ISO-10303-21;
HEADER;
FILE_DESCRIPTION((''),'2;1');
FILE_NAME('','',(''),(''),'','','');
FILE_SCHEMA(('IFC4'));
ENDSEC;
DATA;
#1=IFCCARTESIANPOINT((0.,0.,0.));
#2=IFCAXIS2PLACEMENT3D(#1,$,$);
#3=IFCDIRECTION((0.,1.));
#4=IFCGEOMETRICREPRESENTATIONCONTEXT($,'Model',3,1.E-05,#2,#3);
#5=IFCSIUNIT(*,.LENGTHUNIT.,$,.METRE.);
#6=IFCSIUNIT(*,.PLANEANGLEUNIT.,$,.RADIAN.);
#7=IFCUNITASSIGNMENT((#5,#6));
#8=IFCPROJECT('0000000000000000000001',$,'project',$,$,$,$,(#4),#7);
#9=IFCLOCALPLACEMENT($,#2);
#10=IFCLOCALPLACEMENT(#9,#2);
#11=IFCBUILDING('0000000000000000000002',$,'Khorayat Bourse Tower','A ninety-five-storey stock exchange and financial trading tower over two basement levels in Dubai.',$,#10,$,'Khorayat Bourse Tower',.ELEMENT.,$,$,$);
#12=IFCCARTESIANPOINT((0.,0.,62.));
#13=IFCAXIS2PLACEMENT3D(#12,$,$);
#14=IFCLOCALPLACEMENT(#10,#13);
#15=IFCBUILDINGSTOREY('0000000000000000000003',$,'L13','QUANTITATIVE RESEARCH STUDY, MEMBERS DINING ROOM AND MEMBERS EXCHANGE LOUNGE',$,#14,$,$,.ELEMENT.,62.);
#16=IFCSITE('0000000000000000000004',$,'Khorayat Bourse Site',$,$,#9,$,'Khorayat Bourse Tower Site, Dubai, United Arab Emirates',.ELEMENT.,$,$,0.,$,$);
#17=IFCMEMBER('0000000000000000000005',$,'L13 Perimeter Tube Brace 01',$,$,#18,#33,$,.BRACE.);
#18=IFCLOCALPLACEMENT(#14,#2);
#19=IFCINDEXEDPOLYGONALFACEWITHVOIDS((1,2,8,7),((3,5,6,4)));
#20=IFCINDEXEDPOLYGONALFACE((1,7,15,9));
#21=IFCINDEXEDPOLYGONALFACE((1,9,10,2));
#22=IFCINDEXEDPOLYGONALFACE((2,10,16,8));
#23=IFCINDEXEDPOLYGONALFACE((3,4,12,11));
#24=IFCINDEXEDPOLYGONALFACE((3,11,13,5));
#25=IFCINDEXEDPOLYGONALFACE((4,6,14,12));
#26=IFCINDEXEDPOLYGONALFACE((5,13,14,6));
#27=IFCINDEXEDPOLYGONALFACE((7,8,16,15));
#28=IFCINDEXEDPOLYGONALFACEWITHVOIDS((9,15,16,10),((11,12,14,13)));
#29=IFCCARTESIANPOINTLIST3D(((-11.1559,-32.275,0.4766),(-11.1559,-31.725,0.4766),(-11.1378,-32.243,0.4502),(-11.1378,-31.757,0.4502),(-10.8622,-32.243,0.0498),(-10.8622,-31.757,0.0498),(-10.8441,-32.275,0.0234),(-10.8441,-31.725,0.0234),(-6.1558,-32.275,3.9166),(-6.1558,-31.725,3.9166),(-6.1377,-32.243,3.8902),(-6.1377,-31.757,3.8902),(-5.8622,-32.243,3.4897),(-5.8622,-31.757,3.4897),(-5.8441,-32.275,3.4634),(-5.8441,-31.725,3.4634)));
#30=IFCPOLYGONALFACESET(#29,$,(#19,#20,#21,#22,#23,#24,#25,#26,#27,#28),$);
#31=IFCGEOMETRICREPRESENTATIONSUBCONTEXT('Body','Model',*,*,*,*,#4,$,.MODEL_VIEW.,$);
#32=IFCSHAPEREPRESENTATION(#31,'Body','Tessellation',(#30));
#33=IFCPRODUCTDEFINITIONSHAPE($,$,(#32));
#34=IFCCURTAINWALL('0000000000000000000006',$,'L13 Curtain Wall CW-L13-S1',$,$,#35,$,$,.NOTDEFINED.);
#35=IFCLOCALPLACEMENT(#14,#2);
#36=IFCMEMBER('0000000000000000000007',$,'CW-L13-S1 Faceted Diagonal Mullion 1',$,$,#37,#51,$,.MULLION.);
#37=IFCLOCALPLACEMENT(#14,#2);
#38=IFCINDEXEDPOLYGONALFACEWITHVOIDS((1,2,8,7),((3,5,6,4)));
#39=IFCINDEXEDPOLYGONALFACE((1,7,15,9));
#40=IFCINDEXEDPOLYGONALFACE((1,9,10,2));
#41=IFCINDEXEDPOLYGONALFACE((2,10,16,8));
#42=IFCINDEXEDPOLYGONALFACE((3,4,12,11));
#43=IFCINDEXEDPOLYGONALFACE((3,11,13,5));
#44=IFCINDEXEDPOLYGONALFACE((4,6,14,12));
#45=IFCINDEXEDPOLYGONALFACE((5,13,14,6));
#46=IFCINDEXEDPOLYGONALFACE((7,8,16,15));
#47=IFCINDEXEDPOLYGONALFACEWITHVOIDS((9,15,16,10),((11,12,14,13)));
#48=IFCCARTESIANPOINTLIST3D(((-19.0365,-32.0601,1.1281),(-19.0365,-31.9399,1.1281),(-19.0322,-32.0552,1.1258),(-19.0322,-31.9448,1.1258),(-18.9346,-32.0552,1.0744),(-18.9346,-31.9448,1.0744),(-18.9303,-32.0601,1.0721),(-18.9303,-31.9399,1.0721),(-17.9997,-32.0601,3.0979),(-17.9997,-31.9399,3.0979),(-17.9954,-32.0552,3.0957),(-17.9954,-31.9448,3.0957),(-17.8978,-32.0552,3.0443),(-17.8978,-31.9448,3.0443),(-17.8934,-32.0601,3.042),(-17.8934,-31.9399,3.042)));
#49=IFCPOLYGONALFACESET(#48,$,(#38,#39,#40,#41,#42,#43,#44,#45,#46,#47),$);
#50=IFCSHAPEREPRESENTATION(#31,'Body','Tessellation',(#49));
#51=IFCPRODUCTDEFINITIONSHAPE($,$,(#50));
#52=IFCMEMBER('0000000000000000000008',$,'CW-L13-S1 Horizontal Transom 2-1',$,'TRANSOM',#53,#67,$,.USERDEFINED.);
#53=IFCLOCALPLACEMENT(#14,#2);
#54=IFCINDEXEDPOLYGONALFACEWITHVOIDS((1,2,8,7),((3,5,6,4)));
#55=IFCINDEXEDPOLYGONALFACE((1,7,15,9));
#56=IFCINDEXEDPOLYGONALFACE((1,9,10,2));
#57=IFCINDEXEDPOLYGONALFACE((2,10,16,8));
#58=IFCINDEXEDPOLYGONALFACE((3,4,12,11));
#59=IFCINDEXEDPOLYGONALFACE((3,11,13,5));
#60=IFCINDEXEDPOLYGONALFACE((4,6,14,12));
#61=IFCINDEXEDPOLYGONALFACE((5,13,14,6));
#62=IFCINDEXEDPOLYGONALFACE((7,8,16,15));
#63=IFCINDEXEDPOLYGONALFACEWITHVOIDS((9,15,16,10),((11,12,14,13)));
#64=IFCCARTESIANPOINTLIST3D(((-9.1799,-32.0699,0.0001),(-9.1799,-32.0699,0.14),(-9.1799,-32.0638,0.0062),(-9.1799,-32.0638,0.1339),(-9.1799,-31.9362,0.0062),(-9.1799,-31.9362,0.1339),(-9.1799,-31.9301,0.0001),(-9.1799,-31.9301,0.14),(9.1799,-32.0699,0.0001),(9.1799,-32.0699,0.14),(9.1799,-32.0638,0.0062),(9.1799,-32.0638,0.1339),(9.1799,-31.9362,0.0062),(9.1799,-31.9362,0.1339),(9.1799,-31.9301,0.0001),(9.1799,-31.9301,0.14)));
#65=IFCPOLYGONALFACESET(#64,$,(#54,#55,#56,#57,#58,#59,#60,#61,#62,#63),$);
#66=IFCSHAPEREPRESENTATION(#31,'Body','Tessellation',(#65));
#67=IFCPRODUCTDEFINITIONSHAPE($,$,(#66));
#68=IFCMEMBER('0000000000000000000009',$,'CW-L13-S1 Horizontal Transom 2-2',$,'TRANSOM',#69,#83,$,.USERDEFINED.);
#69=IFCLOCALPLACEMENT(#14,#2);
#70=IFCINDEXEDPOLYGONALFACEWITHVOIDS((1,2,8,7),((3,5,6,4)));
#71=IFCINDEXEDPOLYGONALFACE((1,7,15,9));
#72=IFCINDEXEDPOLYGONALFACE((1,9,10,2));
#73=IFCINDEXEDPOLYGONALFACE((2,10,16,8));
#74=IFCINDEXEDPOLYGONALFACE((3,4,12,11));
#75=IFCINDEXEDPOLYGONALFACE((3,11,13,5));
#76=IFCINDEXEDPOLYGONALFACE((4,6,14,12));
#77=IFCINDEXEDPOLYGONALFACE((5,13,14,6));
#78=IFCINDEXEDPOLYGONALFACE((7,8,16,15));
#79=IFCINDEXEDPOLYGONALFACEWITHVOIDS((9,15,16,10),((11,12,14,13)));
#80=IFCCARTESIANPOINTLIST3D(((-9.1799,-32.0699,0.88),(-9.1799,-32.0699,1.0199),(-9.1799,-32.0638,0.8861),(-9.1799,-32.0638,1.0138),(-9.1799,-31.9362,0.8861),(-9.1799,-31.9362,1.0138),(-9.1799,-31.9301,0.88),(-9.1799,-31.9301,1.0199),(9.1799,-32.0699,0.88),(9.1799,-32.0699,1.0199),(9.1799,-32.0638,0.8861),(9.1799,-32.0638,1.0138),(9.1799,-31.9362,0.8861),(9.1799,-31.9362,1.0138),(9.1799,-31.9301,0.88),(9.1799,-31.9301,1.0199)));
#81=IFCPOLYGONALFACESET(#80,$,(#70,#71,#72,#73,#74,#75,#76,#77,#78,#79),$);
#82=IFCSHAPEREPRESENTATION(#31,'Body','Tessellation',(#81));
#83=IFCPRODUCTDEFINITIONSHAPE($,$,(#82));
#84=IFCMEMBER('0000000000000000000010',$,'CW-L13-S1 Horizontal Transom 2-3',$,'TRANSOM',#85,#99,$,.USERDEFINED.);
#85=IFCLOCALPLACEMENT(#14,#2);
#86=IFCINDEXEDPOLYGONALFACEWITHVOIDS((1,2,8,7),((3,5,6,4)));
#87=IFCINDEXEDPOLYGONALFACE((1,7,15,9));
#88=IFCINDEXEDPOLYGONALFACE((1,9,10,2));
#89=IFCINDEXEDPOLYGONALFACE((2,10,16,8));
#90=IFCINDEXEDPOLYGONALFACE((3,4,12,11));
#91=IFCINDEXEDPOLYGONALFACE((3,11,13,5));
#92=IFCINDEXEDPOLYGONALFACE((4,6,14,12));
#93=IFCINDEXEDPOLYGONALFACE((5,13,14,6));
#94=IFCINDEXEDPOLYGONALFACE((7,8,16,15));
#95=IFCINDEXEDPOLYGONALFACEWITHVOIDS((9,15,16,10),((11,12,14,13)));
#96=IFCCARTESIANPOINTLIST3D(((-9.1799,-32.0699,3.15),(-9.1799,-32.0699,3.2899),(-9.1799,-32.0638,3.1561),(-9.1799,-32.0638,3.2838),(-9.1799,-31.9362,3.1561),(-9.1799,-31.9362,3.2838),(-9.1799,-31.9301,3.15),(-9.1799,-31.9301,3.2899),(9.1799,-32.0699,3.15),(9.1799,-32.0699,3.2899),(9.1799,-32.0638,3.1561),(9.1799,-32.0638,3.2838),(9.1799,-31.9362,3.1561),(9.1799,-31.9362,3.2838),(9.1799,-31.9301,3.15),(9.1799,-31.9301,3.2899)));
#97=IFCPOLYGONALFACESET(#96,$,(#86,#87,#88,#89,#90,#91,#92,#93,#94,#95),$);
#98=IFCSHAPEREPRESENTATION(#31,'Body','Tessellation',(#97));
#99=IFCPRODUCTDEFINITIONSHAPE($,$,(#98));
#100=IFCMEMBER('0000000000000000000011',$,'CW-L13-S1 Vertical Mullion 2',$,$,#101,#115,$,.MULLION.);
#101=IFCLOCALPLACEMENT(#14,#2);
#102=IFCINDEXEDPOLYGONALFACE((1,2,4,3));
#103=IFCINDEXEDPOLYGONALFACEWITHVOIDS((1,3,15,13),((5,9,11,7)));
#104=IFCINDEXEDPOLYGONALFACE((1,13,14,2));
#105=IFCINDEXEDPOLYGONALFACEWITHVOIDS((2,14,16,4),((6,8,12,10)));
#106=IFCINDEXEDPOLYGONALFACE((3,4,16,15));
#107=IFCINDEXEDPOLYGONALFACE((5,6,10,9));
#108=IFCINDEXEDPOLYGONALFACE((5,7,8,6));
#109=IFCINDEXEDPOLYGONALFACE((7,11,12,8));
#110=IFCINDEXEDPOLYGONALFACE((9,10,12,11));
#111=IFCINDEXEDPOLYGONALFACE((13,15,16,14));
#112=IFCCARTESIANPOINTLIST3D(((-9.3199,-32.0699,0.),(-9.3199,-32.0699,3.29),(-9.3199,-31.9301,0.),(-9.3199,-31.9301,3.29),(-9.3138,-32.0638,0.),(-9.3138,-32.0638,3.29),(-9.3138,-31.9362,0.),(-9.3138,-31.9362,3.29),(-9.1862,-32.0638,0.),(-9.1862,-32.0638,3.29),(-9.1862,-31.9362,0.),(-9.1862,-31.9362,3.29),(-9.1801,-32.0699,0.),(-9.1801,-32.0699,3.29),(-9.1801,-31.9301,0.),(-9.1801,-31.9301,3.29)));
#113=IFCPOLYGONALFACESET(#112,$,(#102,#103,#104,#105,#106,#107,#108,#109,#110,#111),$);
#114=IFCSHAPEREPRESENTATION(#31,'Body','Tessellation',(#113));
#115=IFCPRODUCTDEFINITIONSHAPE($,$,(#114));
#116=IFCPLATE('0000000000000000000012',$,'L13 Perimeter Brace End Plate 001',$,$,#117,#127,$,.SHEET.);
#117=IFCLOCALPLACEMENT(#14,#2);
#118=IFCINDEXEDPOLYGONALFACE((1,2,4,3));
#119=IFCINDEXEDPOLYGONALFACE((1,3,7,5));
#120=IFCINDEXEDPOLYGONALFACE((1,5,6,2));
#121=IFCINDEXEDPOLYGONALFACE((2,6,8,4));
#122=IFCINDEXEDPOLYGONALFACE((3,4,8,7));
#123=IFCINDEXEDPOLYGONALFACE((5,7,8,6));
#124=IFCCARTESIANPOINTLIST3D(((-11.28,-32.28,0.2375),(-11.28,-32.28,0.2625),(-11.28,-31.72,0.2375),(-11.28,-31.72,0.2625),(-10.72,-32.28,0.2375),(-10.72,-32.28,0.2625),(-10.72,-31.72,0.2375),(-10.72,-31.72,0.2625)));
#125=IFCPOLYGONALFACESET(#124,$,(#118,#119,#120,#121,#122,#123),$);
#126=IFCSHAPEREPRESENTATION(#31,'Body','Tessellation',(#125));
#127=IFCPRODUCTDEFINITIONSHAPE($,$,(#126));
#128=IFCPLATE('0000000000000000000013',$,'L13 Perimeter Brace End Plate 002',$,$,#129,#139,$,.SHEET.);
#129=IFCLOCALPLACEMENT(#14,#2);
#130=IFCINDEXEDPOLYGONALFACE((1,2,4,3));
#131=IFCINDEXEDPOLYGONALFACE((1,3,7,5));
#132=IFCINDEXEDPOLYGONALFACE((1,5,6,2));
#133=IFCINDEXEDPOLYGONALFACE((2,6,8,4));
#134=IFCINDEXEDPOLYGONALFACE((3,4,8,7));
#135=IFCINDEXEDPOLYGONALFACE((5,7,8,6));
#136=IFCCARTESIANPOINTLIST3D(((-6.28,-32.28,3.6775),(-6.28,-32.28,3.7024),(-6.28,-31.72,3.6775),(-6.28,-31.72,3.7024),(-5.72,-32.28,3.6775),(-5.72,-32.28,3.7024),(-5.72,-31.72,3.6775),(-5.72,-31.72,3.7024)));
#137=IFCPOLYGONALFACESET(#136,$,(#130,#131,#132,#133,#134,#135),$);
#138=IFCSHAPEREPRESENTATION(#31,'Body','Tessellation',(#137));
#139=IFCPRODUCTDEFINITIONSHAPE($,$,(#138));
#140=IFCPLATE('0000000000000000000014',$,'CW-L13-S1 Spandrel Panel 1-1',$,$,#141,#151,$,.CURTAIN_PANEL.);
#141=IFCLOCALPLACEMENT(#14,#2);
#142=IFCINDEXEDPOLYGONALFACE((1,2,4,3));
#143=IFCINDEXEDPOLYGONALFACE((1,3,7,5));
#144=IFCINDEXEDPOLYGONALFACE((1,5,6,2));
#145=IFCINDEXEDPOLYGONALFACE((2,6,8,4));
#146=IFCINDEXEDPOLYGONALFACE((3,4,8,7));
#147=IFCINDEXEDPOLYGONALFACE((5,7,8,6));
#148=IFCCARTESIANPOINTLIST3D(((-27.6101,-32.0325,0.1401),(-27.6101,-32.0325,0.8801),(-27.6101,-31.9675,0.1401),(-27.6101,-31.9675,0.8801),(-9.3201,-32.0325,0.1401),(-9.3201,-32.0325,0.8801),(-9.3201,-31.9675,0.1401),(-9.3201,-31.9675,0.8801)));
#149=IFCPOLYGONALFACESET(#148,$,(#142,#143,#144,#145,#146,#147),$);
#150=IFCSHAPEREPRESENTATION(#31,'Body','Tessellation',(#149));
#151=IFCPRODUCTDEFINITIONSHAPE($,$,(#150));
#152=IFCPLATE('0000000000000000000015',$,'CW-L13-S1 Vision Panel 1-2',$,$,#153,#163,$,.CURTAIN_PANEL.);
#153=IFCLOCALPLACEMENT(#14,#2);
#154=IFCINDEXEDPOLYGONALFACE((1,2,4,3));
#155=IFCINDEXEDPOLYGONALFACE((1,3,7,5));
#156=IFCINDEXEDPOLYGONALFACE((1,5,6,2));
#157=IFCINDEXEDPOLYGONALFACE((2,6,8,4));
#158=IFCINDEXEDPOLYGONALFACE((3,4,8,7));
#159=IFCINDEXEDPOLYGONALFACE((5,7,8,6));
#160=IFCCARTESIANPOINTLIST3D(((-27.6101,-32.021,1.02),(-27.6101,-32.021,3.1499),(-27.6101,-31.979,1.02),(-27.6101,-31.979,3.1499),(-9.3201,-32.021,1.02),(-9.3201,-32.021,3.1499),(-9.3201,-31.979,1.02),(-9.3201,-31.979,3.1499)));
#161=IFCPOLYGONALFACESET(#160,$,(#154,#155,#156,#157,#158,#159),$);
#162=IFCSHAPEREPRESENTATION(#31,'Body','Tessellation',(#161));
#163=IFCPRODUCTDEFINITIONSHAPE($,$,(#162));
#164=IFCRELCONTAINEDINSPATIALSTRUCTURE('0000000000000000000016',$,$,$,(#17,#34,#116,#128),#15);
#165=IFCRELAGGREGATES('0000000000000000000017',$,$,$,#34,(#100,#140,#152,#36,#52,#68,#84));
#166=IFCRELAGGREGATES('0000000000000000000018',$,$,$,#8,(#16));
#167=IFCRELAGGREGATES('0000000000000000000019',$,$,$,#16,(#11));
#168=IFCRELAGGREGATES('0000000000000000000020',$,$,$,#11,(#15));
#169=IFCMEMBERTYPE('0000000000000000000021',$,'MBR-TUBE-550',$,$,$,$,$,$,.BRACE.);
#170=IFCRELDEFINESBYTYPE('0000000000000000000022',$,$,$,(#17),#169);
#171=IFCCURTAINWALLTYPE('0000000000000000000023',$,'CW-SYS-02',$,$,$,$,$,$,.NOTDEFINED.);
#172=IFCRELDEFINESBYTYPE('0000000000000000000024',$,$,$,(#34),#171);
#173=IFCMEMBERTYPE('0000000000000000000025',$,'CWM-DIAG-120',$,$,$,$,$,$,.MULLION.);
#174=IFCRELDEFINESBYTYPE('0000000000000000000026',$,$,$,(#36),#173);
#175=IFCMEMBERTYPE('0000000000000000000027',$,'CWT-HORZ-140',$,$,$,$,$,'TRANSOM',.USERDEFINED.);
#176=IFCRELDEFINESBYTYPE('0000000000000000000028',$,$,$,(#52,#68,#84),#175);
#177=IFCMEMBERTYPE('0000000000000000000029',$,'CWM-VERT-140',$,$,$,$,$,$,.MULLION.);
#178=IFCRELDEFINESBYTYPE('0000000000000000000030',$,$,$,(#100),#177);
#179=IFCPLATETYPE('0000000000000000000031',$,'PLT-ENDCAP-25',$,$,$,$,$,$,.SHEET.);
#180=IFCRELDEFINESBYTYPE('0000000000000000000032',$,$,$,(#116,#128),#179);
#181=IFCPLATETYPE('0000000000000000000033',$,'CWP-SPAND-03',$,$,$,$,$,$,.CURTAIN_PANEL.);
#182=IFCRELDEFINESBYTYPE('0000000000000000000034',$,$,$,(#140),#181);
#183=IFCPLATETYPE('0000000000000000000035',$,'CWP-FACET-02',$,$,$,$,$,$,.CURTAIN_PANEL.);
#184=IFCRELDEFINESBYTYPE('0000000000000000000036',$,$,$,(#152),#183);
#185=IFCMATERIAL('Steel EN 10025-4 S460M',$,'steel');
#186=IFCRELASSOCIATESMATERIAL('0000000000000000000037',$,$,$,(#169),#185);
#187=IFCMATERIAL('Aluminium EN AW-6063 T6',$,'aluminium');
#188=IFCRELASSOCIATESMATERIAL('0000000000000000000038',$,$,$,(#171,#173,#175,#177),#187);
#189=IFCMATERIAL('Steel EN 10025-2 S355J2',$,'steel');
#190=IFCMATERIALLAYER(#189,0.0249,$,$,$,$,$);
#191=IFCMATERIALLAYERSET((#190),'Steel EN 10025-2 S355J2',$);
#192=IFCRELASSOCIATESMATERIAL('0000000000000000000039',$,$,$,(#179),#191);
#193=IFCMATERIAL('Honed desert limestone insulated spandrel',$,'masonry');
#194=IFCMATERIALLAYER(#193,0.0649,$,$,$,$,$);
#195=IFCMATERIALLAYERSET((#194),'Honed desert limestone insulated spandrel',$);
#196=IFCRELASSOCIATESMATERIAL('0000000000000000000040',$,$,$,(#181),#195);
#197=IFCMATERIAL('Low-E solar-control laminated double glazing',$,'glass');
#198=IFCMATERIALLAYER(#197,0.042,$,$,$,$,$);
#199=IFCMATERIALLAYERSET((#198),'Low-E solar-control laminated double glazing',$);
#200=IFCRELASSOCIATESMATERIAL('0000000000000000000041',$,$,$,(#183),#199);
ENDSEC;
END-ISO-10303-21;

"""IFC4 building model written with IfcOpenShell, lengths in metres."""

from ifc_helpers import new_model, si_unit, direction, frame, origin, origin_2d, place, context, subcontext, project, spatial, rectangle, hollow_rectangle, extrude, source, transform, mapped, material, layer, layer_set, material_profile, profile_set, type_object, element, aggregate, save


model = new_model("IFC4")

# Units and contexts
model_context = context("Model", 3, precision=1e-05, world=origin(), true_north=direction((0.0, 1.0)))
body_context = subcontext(model_context, "Body", "Model", "MODEL_VIEW")
ifc_project = project(units=[si_unit("LENGTHUNIT", "METRE"), si_unit("PLANEANGLEUNIT", "RADIAN")], contexts=[model_context])

# Site, building, storey
site_placement = place(None, origin())
site = spatial("IfcSite", under=ifc_project, at=site_placement, Name="Khorayat Bourse Site", LongName="Khorayat Bourse Tower Site, Dubai, United Arab Emirates", CompositionType="ELEMENT", RefElevation=0.0)
building_placement = place(site_placement, origin())
building = spatial("IfcBuilding", under=site, at=building_placement, Name="Khorayat Bourse Tower", Description="A ninety-five-storey stock exchange and financial trading tower over two basement levels in Dubai.", LongName="Khorayat Bourse Tower", CompositionType="ELEMENT")
storey_placement = place(building_placement, frame((0.0, 0.0, 62.0)))
storey = spatial("IfcBuildingStorey", under=building, at=storey_placement, Name="L13", Description="QUANTITATIVE RESEARCH STUDY, MEMBERS DINING ROOM AND MEMBERS EXCHANGE LOUNGE", CompositionType="ELEMENT", Elevation=62.0)

# Shared definitions
ifc_material_1 = material(Name="Steel EN 10025-4 S460M", Category="steel")

# Member
ifc_material_profile_1 = material_profile(ifc_material_1, hollow_rectangle(XDim=0.55, YDim=0.55, WallThickness=0.032, at=origin_2d()), Name="HSS 550x550x32")
ifc_profile_set_1 = profile_set([ifc_material_profile_1], Name="Steel EN 10025-4 S460M")
member_type_1 = type_object("IfcMemberType", Name="MBR-TUBE-550", PredefinedType="BRACE", material=ifc_profile_set_1)
shared_shape_1 = source(origin(), body_context, "Body", "SweptSolid", [
    extrude(hollow_rectangle(XDim=0.55, YDim=0.55, WallThickness=0.032, at=origin_2d()), origin(), (0.0, 0.0, 1.0), 6.0691),
])
member_1_placement = place(storey_placement, frame((-11.0, -32.0, 0.25), z_axis=(0.823854, 0.0, 0.566802), x_axis=(0.0, 1.0, 0.0)))
element("IfcMember", 1, at=member_1_placement, inside=storey, type_object=member_type_1, Name="L13 Perimeter Tube Brace 01", PredefinedType="BRACE", context=body_context, shape_type="MappedRepresentation", body=[
    mapped(shared_shape_1, transform((0.0, 0.0, 0.0), scale=1.0)),
])

# Curtain wall, members
ifc_material_2 = material(Name="Aluminium EN AW-6063 T6", Category="aluminium")
curtain_wall_type = type_object("IfcCurtainWallType", Name="CW-SYS-02", PredefinedType="NOTDEFINED", material=ifc_material_2)
curtain_wall_placement = place(storey_placement, origin())
curtain_wall = element("IfcCurtainWall", 2, at=curtain_wall_placement, inside=storey, type_object=curtain_wall_type, Name="L13 Curtain Wall CW-L13-S1", PredefinedType="NOTDEFINED")
ifc_material_profile_2 = material_profile(ifc_material_2, hollow_rectangle(XDim=0.1201, YDim=0.1201, WallThickness=0.0049, at=origin_2d()), Name="ALU 120x120x5")
ifc_profile_set_2 = profile_set([ifc_material_profile_2], Name="Aluminium EN AW-6063 T6")
member_type_2 = type_object("IfcMemberType", Name="CWM-DIAG-120", PredefinedType="MULLION", material=ifc_profile_set_2)
shared_shape_2 = source(origin(), body_context, "Body", "SweptSolid", [
    extrude(hollow_rectangle(XDim=0.1201, YDim=0.1201, WallThickness=0.0049, at=origin_2d()), origin(), (0.0, 0.0, 1.0), 2.2261),
])
member_2_placement = place(storey_placement, frame((-18.9834, -32.0, 1.1001), z_axis=(0.46576, 0.0, 0.884911), x_axis=(0.0, 1.0, 0.0)))
member_2 = element("IfcMember", 3, at=member_2_placement, type_object=member_type_2, Name="CW-L13-S1 Faceted Diagonal Mullion 1", PredefinedType="MULLION", context=body_context, shape_type="MappedRepresentation", body=[
    mapped(shared_shape_2, transform((0.0, 0.0, 0.0), scale=1.0)),
])
ifc_material_profile_3 = material_profile(ifc_material_2, hollow_rectangle(XDim=0.1399, YDim=0.1399, WallThickness=0.0061, at=origin_2d()), Name="ALU 140x140x6")
ifc_profile_set_3 = profile_set([ifc_material_profile_3], Name="Aluminium EN AW-6063 T6")
member_type_3 = type_object("IfcMemberType", Name="CWT-HORZ-140", ElementType="TRANSOM", PredefinedType="USERDEFINED", material=ifc_profile_set_3)
shared_shape_3 = source(origin(), body_context, "Body", "SweptSolid", [
    extrude(hollow_rectangle(XDim=0.1399, YDim=0.1399, WallThickness=0.0061, at=origin_2d()), origin(), (0.0, 0.0, 1.0), 18.3599),
])
member_3_placement = place(storey_placement, frame((-9.1799, -32.0, 0.0701), z_axis=(1.0, 0.0, 0.0), x_axis=(0.0, 1.0, 0.0)))
member_3 = element("IfcMember", 4, at=member_3_placement, type_object=member_type_3, Name="CW-L13-S1 Horizontal Transom 2-1", ObjectType="TRANSOM", PredefinedType="USERDEFINED", context=body_context, shape_type="MappedRepresentation", body=[
    mapped(shared_shape_3, transform((0.0, 0.0, 0.0), scale=1.0)),
])
member_4_placement = place(storey_placement, frame((-9.1799, -32.0, 0.95), z_axis=(1.0, 0.0, 0.0), x_axis=(0.0, 1.0, 0.0)))
member_4 = element("IfcMember", 5, at=member_4_placement, type_object=member_type_3, Name="CW-L13-S1 Horizontal Transom 2-2", ObjectType="TRANSOM", PredefinedType="USERDEFINED", context=body_context, shape_type="MappedRepresentation", body=[
    mapped(shared_shape_3, transform((0.0, 0.0, 0.0), scale=1.0)),
])
member_5_placement = place(storey_placement, frame((-9.1799, -32.0, 3.22), z_axis=(1.0, 0.0, 0.0), x_axis=(0.0, 1.0, 0.0)))
member_5 = element("IfcMember", 6, at=member_5_placement, type_object=member_type_3, Name="CW-L13-S1 Horizontal Transom 2-3", ObjectType="TRANSOM", PredefinedType="USERDEFINED", context=body_context, shape_type="MappedRepresentation", body=[
    mapped(shared_shape_3, transform((0.0, 0.0, 0.0), scale=1.0)),
])
ifc_material_profile_4 = material_profile(ifc_material_2, hollow_rectangle(XDim=0.1399, YDim=0.1399, WallThickness=0.0061, at=origin_2d()), Name="ALU 140x140x6")
ifc_profile_set_4 = profile_set([ifc_material_profile_4], Name="Aluminium EN AW-6063 T6")
member_type_4 = type_object("IfcMemberType", Name="CWM-VERT-140", PredefinedType="MULLION", material=ifc_profile_set_4)
shared_shape_4 = source(origin(), body_context, "Body", "SweptSolid", [
    extrude(hollow_rectangle(XDim=0.1399, YDim=0.1399, WallThickness=0.0061, at=origin_2d()), origin(), (0.0, 0.0, 1.0), 3.29),
])
member_6_placement = place(storey_placement, frame((-9.25, -32.0, 0.0), z_axis=(0.0, 0.0, 1.0), x_axis=(0.0, 1.0, 0.0)))
member_6 = element("IfcMember", 7, at=member_6_placement, type_object=member_type_4, Name="CW-L13-S1 Vertical Mullion 2", PredefinedType="MULLION", context=body_context, shape_type="MappedRepresentation", body=[
    mapped(shared_shape_4, transform((0.0, 0.0, 0.0), scale=1.0)),
])

# Plates
ifc_material_3 = material(Name="Steel EN 10025-2 S355J2", Category="steel")
ifc_layer_1 = layer(ifc_material_3, 0.0249)
ifc_layer_set_1 = layer_set([ifc_layer_1], Name="Steel EN 10025-2 S355J2")
plate_type_1 = type_object("IfcPlateType", Name="PLT-ENDCAP-25", PredefinedType="SHEET", material=ifc_layer_set_1)
shared_shape_5 = source(origin(), body_context, "Body", "SweptSolid", [
    extrude(rectangle(XDim=0.5601, YDim=0.5601, at=origin_2d()), origin(), (0.0, 0.0, 1.0), 0.0249),
])
for number, where, z_axis, x_axis, name in (
    (8, (-11.0, -32.0, 0.2375), (0.0, 0.0, 1.0), (1.0, 0.0, 0.0), "L13 Perimeter Brace End Plate 001"),
    (9, (-6.0, -32.0, 3.6775), (0.0, 0.0, 1.0), (1.0, 0.0, 0.0), "L13 Perimeter Brace End Plate 002"),
):
    element("IfcPlate", number, at=place(storey_placement, frame(where, z_axis=z_axis, x_axis=x_axis)), inside=storey, type_object=plate_type_1, Name=name, PredefinedType="SHEET", context=body_context, shape_type="MappedRepresentation", body=[
        mapped(shared_shape_5, transform((0.0, 0.0, 0.0), scale=1.0)),
    ])

# Plates
ifc_material_4 = material(Name="Honed desert limestone insulated spandrel", Category="masonry")
ifc_layer_2 = layer(ifc_material_4, 0.0649)
ifc_layer_set_2 = layer_set([ifc_layer_2], Name="Honed desert limestone insulated spandrel")
plate_type_2 = type_object("IfcPlateType", Name="CWP-SPAND-03", PredefinedType="CURTAIN_PANEL", material=ifc_layer_set_2)
shared_shape_6 = source(origin(), body_context, "Body", "SweptSolid", [
    extrude(rectangle(XDim=18.29, YDim=0.0649, at=origin_2d()), origin(), (0.0, 0.0, 1.0), 0.74),
])
plate_1_placement = place(storey_placement, frame((-18.4651, -32.0, 0.1401), z_axis=(0.0, 0.0, 1.0), x_axis=(1.0, 0.0, 0.0)))
plate_1 = element("IfcPlate", 10, at=plate_1_placement, type_object=plate_type_2, Name="CW-L13-S1 Spandrel Panel 1-1", PredefinedType="CURTAIN_PANEL", context=body_context, shape_type="MappedRepresentation", body=[
    mapped(shared_shape_6, transform((0.0, 0.0, 0.0), scale=1.0)),
])
ifc_material_5 = material(Name="Low-E solar-control laminated double glazing", Category="glass")
ifc_layer_3 = layer(ifc_material_5, 0.042)
ifc_layer_set_3 = layer_set([ifc_layer_3], Name="Low-E solar-control laminated double glazing")
plate_type_3 = type_object("IfcPlateType", Name="CWP-FACET-02", PredefinedType="CURTAIN_PANEL", material=ifc_layer_set_3)
shared_shape_7 = source(origin(), body_context, "Body", "SweptSolid", [
    extrude(rectangle(XDim=18.29, YDim=0.042, at=origin_2d()), origin(), (0.0, 0.0, 1.0), 2.1299),
])
plate_2_placement = place(storey_placement, frame((-18.4651, -32.0, 1.02), z_axis=(0.0, 0.0, 1.0), x_axis=(1.0, 0.0, 0.0)))
plate_2 = element("IfcPlate", 11, at=plate_2_placement, type_object=plate_type_3, Name="CW-L13-S1 Vision Panel 1-2", PredefinedType="CURTAIN_PANEL", context=body_context, shape_type="MappedRepresentation", body=[
    mapped(shared_shape_7, transform((0.0, 0.0, 0.0), scale=1.0)),
])
aggregate(curtain_wall, [member_6, plate_1, plate_2, member_2, member_3, member_4, member_5])

save(model, "model.ifc")
